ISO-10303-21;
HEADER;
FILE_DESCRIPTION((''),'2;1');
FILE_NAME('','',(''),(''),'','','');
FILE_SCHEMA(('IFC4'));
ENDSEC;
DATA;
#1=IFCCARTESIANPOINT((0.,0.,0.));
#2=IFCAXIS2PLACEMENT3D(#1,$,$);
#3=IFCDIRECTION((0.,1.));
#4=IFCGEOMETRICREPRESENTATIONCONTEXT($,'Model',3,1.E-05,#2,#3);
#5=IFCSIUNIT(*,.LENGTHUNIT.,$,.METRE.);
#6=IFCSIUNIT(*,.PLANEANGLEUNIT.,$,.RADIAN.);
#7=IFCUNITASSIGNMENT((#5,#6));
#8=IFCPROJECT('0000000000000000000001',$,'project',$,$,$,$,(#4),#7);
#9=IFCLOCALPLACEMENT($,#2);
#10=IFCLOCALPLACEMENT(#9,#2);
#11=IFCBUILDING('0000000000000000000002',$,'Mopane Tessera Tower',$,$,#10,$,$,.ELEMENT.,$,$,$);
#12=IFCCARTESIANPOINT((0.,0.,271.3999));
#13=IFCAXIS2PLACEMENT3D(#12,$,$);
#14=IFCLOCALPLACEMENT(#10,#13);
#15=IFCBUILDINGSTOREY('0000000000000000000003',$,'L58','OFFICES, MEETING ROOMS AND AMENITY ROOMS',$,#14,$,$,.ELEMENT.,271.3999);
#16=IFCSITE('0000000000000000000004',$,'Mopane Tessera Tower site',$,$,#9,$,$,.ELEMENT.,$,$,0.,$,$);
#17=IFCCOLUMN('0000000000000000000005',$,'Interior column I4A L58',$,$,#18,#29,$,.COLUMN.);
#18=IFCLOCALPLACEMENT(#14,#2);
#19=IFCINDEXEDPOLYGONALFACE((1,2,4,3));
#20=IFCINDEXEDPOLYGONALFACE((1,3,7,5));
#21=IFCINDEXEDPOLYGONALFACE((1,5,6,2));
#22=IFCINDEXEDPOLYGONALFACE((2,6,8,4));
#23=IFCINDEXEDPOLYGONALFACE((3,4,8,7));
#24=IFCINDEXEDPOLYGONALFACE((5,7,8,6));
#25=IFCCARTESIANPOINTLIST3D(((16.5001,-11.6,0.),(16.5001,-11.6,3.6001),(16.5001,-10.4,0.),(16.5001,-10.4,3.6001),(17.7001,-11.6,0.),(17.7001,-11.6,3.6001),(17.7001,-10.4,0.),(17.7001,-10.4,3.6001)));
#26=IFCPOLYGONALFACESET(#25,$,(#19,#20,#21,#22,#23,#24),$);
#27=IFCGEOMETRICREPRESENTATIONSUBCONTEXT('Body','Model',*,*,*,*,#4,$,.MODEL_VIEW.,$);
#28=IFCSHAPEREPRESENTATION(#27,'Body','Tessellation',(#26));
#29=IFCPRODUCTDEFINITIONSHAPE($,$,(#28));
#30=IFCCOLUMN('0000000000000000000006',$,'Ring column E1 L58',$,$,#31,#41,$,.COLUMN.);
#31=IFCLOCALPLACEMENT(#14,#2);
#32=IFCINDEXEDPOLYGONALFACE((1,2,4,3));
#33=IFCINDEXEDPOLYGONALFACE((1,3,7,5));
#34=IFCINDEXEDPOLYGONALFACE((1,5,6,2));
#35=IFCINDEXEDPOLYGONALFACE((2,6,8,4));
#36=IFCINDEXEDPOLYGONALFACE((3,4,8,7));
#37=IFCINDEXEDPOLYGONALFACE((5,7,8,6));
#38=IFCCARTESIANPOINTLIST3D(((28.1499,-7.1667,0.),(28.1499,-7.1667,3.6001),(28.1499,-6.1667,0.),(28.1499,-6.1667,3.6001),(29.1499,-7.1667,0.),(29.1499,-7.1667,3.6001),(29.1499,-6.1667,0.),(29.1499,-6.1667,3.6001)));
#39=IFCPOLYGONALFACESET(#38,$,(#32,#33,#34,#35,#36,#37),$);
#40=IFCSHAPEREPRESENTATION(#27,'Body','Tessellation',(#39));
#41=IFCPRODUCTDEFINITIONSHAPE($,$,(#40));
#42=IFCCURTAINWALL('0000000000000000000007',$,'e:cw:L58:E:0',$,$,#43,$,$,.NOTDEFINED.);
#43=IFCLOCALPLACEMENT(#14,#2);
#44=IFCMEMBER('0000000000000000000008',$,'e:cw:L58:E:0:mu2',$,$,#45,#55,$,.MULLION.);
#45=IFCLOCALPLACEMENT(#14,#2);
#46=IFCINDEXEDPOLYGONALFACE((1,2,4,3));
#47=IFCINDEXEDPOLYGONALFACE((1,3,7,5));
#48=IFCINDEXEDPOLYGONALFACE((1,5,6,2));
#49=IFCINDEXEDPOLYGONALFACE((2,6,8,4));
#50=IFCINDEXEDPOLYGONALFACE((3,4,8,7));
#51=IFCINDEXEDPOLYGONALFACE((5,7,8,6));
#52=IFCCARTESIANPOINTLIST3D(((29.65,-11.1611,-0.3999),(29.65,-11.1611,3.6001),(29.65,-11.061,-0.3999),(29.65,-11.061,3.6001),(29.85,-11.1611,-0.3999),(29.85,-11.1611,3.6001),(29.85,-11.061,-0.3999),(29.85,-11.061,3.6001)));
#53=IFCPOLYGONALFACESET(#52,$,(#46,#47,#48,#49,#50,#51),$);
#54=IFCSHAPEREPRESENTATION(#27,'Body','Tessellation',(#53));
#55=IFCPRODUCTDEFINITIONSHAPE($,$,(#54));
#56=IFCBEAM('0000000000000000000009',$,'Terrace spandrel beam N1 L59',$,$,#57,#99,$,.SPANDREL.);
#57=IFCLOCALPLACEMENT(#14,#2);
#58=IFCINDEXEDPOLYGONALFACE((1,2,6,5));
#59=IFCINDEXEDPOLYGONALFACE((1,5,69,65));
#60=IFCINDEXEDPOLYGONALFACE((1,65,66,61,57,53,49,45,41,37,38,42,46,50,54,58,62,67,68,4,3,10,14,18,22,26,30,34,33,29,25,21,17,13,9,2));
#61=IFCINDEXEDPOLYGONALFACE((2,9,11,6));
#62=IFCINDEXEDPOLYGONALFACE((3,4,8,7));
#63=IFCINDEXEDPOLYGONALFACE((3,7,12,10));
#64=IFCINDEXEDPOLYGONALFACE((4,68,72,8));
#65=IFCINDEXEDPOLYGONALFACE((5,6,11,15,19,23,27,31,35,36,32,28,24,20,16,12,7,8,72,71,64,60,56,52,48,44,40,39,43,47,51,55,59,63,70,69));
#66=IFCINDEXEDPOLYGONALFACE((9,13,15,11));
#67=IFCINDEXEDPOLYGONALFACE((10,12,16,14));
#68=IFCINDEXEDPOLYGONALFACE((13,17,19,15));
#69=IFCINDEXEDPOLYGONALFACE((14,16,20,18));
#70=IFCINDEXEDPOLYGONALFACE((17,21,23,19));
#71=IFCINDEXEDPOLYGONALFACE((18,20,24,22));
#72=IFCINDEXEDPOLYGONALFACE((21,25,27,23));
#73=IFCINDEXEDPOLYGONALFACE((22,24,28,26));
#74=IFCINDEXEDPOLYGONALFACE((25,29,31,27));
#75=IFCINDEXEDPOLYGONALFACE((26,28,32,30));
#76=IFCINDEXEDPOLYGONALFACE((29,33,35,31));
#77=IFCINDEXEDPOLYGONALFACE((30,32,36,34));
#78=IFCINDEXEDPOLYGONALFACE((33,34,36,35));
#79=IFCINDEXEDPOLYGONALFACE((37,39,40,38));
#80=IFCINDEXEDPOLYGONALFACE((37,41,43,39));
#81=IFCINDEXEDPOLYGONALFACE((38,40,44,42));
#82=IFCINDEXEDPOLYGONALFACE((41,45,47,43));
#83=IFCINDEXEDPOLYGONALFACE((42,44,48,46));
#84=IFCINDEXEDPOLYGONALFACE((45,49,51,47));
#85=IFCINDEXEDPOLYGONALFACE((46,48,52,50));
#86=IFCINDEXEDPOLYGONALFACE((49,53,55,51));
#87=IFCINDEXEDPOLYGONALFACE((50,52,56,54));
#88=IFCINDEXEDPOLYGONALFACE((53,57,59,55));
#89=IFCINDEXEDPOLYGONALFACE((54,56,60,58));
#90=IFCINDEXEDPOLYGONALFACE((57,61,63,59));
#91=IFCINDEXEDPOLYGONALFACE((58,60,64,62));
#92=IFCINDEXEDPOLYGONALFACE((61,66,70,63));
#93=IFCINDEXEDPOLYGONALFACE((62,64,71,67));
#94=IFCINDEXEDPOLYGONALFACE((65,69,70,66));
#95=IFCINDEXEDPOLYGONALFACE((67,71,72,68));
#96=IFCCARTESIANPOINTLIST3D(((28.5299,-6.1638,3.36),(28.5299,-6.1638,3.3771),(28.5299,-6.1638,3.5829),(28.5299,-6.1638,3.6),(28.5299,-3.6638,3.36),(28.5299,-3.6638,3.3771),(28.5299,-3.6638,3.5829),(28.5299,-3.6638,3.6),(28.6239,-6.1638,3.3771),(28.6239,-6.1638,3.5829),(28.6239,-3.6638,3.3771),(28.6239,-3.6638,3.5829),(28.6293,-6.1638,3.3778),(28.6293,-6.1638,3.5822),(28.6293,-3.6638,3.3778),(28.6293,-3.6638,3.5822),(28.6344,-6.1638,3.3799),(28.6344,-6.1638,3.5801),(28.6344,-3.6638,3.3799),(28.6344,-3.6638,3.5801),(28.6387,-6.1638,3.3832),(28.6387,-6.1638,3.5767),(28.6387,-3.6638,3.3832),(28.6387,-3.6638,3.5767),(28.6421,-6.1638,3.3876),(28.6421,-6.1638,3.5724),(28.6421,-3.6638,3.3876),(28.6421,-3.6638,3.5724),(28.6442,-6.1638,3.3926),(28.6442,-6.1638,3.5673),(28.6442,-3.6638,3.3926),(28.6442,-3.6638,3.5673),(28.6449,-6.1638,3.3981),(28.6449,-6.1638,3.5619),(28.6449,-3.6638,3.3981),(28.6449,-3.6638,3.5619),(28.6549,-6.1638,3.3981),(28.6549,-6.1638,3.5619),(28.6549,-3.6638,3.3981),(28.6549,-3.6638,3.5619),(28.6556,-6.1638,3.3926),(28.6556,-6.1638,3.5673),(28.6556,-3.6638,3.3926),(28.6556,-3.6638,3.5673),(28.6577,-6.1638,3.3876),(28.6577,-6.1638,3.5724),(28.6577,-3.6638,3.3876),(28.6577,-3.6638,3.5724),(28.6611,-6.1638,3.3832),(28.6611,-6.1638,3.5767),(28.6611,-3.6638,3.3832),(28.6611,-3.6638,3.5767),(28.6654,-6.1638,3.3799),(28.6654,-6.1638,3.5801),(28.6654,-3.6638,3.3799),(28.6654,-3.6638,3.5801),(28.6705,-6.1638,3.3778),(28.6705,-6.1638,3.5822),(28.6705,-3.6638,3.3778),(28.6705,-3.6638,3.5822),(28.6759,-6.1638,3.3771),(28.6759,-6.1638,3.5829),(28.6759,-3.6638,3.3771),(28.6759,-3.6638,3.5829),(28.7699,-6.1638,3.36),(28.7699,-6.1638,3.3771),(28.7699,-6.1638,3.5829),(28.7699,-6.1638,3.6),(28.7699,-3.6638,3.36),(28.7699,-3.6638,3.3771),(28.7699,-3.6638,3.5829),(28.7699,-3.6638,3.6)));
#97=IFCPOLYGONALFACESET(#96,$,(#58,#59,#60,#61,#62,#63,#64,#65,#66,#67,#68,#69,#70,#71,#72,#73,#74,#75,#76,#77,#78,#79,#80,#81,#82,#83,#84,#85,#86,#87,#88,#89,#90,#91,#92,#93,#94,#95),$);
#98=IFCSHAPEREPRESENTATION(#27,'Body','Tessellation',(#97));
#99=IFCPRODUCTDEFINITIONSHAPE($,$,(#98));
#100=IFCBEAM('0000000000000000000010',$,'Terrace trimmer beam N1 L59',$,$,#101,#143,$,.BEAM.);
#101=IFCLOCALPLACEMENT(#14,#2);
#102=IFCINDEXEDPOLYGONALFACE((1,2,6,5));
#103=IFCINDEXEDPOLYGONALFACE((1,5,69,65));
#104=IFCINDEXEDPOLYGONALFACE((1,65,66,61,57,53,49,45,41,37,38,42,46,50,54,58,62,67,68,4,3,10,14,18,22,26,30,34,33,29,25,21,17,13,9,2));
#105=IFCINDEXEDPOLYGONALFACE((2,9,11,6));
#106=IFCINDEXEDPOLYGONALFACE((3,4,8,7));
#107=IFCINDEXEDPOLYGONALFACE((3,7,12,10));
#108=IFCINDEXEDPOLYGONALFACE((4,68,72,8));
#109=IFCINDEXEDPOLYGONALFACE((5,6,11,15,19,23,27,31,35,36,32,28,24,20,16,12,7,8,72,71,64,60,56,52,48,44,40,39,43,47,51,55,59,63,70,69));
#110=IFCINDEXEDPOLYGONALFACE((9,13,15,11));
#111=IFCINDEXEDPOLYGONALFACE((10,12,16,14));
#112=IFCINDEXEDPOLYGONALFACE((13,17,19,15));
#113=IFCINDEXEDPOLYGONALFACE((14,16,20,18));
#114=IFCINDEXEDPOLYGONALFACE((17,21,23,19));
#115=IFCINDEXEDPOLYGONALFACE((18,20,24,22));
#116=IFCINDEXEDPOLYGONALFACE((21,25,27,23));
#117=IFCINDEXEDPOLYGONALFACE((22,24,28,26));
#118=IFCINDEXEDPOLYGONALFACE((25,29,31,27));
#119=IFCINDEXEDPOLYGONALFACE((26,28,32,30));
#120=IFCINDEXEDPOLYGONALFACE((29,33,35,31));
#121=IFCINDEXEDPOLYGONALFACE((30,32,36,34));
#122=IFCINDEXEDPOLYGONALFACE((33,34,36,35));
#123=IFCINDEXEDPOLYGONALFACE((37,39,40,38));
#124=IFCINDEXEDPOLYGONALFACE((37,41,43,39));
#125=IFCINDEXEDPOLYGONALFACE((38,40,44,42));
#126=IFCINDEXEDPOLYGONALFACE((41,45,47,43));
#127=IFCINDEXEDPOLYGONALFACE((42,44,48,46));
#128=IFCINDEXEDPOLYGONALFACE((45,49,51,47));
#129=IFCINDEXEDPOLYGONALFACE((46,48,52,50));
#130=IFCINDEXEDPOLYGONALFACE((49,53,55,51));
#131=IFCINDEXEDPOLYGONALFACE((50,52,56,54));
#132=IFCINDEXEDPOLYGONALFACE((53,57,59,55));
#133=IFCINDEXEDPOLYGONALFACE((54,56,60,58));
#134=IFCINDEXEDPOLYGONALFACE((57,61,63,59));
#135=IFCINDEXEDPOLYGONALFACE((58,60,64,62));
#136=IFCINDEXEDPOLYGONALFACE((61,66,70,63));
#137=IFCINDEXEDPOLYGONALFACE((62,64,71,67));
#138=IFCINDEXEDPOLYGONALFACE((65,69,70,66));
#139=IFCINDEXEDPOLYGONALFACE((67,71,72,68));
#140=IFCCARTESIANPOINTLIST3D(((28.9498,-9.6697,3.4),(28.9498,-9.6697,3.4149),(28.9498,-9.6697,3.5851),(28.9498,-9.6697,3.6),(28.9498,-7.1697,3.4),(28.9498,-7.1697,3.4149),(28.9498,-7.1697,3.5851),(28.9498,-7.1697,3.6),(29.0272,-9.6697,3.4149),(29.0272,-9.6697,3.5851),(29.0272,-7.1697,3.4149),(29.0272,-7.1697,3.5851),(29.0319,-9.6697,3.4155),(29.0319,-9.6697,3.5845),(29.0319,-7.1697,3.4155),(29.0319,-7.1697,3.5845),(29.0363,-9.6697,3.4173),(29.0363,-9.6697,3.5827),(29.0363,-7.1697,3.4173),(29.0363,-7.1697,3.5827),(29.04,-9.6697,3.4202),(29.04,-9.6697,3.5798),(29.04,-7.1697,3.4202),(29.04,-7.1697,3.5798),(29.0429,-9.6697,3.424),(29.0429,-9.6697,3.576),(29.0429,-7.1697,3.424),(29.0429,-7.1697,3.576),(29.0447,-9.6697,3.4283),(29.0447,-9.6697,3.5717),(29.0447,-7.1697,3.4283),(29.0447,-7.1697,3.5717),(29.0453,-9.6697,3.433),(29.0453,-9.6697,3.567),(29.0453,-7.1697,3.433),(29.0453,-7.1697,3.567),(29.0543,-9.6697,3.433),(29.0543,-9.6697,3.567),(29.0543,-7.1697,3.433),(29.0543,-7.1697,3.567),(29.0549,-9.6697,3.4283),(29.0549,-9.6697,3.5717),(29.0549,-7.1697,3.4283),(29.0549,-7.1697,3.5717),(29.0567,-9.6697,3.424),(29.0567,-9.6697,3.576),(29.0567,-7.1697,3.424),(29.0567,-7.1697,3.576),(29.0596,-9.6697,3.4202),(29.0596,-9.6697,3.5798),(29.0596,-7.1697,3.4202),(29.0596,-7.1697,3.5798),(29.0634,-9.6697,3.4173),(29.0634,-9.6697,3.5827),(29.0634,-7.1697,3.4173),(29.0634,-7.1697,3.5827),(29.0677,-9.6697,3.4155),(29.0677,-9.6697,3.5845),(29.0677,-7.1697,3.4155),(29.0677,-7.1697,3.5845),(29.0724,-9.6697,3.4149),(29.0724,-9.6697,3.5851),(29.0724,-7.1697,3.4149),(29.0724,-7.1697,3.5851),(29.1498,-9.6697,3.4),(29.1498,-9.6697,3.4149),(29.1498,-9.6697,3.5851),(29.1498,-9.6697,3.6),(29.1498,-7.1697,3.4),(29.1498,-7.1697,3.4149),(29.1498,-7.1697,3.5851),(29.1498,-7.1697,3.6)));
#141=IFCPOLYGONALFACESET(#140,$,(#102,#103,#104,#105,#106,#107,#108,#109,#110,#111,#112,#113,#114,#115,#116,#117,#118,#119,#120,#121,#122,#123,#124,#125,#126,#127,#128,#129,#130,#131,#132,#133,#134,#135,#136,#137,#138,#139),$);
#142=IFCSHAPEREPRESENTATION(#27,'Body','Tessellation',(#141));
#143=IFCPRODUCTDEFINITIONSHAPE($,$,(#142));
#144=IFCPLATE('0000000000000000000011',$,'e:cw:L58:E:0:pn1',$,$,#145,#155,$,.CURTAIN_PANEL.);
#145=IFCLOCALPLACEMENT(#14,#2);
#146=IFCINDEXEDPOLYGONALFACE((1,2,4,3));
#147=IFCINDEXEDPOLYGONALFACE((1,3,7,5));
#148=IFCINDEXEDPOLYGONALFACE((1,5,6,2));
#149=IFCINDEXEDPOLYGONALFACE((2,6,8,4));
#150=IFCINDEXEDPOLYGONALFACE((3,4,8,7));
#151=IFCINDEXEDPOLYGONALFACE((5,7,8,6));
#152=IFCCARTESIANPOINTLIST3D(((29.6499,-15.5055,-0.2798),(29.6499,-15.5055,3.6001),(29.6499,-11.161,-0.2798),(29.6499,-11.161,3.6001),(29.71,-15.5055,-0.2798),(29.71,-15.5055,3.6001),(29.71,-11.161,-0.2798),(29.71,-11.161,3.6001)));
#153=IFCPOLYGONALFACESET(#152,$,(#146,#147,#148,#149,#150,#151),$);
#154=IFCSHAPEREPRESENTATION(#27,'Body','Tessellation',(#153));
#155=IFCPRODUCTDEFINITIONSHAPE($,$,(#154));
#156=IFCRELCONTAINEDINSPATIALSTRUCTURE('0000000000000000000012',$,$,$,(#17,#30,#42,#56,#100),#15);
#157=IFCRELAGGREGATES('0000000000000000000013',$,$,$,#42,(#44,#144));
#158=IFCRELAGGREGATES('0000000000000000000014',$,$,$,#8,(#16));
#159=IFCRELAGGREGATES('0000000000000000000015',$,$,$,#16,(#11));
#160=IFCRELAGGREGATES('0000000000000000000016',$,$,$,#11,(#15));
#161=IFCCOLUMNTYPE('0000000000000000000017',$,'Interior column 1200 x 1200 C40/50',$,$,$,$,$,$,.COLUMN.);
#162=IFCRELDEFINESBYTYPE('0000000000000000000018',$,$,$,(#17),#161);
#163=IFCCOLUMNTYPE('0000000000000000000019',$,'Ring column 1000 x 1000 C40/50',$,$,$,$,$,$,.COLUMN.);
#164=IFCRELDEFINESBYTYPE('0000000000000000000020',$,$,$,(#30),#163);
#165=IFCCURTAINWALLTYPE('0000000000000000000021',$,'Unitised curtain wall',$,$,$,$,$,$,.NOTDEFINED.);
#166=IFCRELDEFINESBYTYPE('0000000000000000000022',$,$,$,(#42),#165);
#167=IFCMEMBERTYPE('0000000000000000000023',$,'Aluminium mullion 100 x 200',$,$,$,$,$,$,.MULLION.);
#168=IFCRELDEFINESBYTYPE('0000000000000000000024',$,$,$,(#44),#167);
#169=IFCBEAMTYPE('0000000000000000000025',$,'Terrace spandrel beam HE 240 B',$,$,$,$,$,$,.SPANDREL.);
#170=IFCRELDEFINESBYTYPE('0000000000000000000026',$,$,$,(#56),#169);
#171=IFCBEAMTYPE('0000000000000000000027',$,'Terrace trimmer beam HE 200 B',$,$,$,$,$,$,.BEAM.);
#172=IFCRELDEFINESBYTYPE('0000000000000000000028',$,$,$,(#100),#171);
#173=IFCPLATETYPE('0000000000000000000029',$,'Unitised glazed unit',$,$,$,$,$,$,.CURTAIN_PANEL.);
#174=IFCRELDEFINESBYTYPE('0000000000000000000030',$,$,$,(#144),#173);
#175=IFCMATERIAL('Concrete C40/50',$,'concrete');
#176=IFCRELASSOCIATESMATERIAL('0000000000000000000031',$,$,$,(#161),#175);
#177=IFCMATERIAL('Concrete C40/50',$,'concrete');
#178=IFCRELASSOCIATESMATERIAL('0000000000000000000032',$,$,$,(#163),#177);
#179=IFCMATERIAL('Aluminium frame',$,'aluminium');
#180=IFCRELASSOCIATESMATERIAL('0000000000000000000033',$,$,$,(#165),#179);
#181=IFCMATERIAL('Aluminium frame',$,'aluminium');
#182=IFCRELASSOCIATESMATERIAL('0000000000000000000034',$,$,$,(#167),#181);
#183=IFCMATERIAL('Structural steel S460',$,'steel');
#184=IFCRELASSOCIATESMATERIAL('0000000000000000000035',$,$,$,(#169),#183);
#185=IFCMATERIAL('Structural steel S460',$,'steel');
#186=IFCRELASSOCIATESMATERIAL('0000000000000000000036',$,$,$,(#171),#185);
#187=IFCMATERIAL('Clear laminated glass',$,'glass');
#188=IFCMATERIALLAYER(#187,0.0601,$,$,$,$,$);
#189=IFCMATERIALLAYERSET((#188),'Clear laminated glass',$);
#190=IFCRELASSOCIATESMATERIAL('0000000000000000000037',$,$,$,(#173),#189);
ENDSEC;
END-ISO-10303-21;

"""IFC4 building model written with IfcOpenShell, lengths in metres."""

from ifc_helpers import new_model, si_unit, direction, frame, origin, origin_2d, place, context, subcontext, project, spatial, rectangle, i_section, extrude, material, layer, layer_set, material_profile, profile_set, type_object, element, aggregate, save


model = new_model("IFC4")

# Units and contexts
model_context = context("Model", 3, precision=1e-05, world=origin(), true_north=direction((0.0, 1.0)))
body_context = subcontext(model_context, "Body", "Model", "MODEL_VIEW")
ifc_project = project(units=[si_unit("LENGTHUNIT", "METRE"), si_unit("PLANEANGLEUNIT", "RADIAN")], contexts=[model_context])

# Site, building, storey
site_placement = place(None, origin())
site = spatial("IfcSite", under=ifc_project, at=site_placement, Name="Mopane Tessera Tower site", CompositionType="ELEMENT", RefElevation=0.0)
building_placement = place(site_placement, origin())
building = spatial("IfcBuilding", under=site, at=building_placement, Name="Mopane Tessera Tower", CompositionType="ELEMENT")
storey_placement = place(building_placement, frame((0.0, 0.0, 271.3999)))
storey = spatial("IfcBuildingStorey", under=building, at=storey_placement, Name="L58", Description="OFFICES, MEETING ROOMS AND AMENITY ROOMS", CompositionType="ELEMENT", Elevation=271.3999)

# Columns
ifc_material_1 = material(Name="Concrete C40/50", Category="concrete")
ifc_material_profile_1 = material_profile(ifc_material_1, rectangle(XDim=1.2, YDim=1.2, at=origin_2d()))
ifc_profile_set_1 = profile_set([ifc_material_profile_1], Name="Concrete C40/50")
column_type_1 = type_object("IfcColumnType", Name="Interior column 1200 x 1200 C40/50", PredefinedType="COLUMN", material=ifc_profile_set_1)
column_1_placement = place(storey_placement, frame((17.1001, -11.0, 0.0), z_axis=(0.0, 0.0, 1.0), x_axis=(1.0, 0.0, 0.0)))
element("IfcColumn", 1, at=column_1_placement, inside=storey, type_object=column_type_1, Name="Interior column I4A L58", PredefinedType="COLUMN", context=body_context, shape_type="SweptSolid", body=[
    extrude(rectangle(XDim=1.2, YDim=1.2, at=origin_2d()), origin(), (0.0, 0.0, 1.0), 3.6001),
])
ifc_material_2 = material(Name="Concrete C40/50", Category="concrete")
ifc_material_profile_2 = material_profile(ifc_material_2, rectangle(XDim=1.0, YDim=1.0, at=origin_2d()))
ifc_profile_set_2 = profile_set([ifc_material_profile_2], Name="Concrete C40/50")
column_type_2 = type_object("IfcColumnType", Name="Ring column 1000 x 1000 C40/50", PredefinedType="COLUMN", material=ifc_profile_set_2)
column_2_placement = place(storey_placement, frame((28.6499, -6.6667, 0.0), z_axis=(0.0, 0.0, 1.0), x_axis=(1.0, 0.0, 0.0)))
element("IfcColumn", 2, at=column_2_placement, inside=storey, type_object=column_type_2, Name="Ring column E1 L58", PredefinedType="COLUMN", context=body_context, shape_type="SweptSolid", body=[
    extrude(rectangle(XDim=1.0, YDim=1.0, at=origin_2d()), origin(), (0.0, 0.0, 1.0), 3.6001),
])

# Curtain wall, member
ifc_material_3 = material(Name="Aluminium frame", Category="aluminium")
curtain_wall_type = type_object("IfcCurtainWallType", Name="Unitised curtain wall", PredefinedType="NOTDEFINED", material=ifc_material_3)
curtain_wall_placement = place(storey_placement, origin())
curtain_wall = element("IfcCurtainWall", 3, at=curtain_wall_placement, inside=storey, type_object=curtain_wall_type, Name="e:cw:L58:E:0", PredefinedType="NOTDEFINED")
ifc_material_4 = material(Name="Aluminium frame", Category="aluminium")
ifc_material_profile_3 = material_profile(ifc_material_4, rectangle(XDim=0.1001, YDim=0.2, at=origin_2d()))
ifc_profile_set_3 = profile_set([ifc_material_profile_3], Name="Aluminium frame")
member_type = type_object("IfcMemberType", Name="Aluminium mullion 100 x 200", PredefinedType="MULLION", material=ifc_profile_set_3)
member_placement = place(storey_placement, frame((29.75, -11.1111, -0.3999), z_axis=(0.0, 0.0, 1.0), x_axis=(0.0, 1.0, 0.0)))
member = element("IfcMember", 4, at=member_placement, type_object=member_type, Name="e:cw:L58:E:0:mu2", PredefinedType="MULLION", context=body_context, shape_type="SweptSolid", body=[
    extrude(rectangle(XDim=0.1001, YDim=0.2, at=origin_2d()), origin(), (0.0, 0.0, 1.0), 4.0),
])

# Beams
ifc_material_5 = material(Name="Structural steel S460", Category="steel")
ifc_material_profile_4 = material_profile(ifc_material_5, i_section(OverallWidth=0.24, OverallDepth=0.24, WebThickness=0.01, FlangeThickness=0.0171, FilletRadius=0.021, at=origin_2d()))
ifc_profile_set_4 = profile_set([ifc_material_profile_4], Name="Structural steel S460")
beam_type_1 = type_object("IfcBeamType", Name="Terrace spandrel beam HE 240 B", PredefinedType="SPANDREL", material=ifc_profile_set_4)
beam_1_placement = place(storey_placement, frame((28.6499, -6.1638, 3.48), z_axis=(0.0, 1.0, 0.0), x_axis=(-1.0, 0.0, 0.0)))
element("IfcBeam", 5, at=beam_1_placement, inside=storey, type_object=beam_type_1, Name="Terrace spandrel beam N1 L59", PredefinedType="SPANDREL", context=body_context, shape_type="SweptSolid", body=[
    extrude(i_section(OverallWidth=0.24, OverallDepth=0.24, WebThickness=0.01, FlangeThickness=0.0171, FilletRadius=0.021, at=origin_2d()), origin(), (0.0, 0.0, 1.0), 2.5),
])
ifc_material_6 = material(Name="Structural steel S460", Category="steel")
ifc_material_profile_5 = material_profile(ifc_material_6, i_section(OverallWidth=0.2, OverallDepth=0.2, WebThickness=0.009, FlangeThickness=0.0149, FilletRadius=0.0181, at=origin_2d()))
ifc_profile_set_5 = profile_set([ifc_material_profile_5], Name="Structural steel S460")
beam_type_2 = type_object("IfcBeamType", Name="Terrace trimmer beam HE 200 B", PredefinedType="BEAM", material=ifc_profile_set_5)
beam_2_placement = place(storey_placement, frame((29.0498, -7.1697, 3.5), z_axis=(0.0, -1.0, 0.0), x_axis=(1.0, 0.0, 0.0)))
element("IfcBeam", 6, at=beam_2_placement, inside=storey, type_object=beam_type_2, Name="Terrace trimmer beam N1 L59", PredefinedType="BEAM", context=body_context, shape_type="SweptSolid", body=[
    extrude(i_section(OverallWidth=0.2, OverallDepth=0.2, WebThickness=0.009, FlangeThickness=0.0149, FilletRadius=0.0181, at=origin_2d()), origin(), (0.0, 0.0, 1.0), 2.5),
])

# Plate
ifc_material_7 = material(Name="Clear laminated glass", Category="glass")
ifc_layer_1 = layer(ifc_material_7, 0.0601)
ifc_layer_set_1 = layer_set([ifc_layer_1], Name="Clear laminated glass")
plate_type = type_object("IfcPlateType", Name="Unitised glazed unit", PredefinedType="CURTAIN_PANEL", material=ifc_layer_set_1)
plate_placement = place(storey_placement, frame((29.6799, -13.3333, -0.2798), z_axis=(0.0, 0.0, 1.0), x_axis=(0.0, 1.0, 0.0)))
plate = element("IfcPlate", 7, at=plate_placement, type_object=plate_type, Name="e:cw:L58:E:0:pn1", PredefinedType="CURTAIN_PANEL", context=body_context, shape_type="SweptSolid", body=[
    extrude(rectangle(XDim=4.3445, YDim=0.0601, at=origin_2d()), origin(), (0.0, 0.0, 1.0), 3.8799),
])
aggregate(curtain_wall, [member, plate])

save(model, "model.ifc")
